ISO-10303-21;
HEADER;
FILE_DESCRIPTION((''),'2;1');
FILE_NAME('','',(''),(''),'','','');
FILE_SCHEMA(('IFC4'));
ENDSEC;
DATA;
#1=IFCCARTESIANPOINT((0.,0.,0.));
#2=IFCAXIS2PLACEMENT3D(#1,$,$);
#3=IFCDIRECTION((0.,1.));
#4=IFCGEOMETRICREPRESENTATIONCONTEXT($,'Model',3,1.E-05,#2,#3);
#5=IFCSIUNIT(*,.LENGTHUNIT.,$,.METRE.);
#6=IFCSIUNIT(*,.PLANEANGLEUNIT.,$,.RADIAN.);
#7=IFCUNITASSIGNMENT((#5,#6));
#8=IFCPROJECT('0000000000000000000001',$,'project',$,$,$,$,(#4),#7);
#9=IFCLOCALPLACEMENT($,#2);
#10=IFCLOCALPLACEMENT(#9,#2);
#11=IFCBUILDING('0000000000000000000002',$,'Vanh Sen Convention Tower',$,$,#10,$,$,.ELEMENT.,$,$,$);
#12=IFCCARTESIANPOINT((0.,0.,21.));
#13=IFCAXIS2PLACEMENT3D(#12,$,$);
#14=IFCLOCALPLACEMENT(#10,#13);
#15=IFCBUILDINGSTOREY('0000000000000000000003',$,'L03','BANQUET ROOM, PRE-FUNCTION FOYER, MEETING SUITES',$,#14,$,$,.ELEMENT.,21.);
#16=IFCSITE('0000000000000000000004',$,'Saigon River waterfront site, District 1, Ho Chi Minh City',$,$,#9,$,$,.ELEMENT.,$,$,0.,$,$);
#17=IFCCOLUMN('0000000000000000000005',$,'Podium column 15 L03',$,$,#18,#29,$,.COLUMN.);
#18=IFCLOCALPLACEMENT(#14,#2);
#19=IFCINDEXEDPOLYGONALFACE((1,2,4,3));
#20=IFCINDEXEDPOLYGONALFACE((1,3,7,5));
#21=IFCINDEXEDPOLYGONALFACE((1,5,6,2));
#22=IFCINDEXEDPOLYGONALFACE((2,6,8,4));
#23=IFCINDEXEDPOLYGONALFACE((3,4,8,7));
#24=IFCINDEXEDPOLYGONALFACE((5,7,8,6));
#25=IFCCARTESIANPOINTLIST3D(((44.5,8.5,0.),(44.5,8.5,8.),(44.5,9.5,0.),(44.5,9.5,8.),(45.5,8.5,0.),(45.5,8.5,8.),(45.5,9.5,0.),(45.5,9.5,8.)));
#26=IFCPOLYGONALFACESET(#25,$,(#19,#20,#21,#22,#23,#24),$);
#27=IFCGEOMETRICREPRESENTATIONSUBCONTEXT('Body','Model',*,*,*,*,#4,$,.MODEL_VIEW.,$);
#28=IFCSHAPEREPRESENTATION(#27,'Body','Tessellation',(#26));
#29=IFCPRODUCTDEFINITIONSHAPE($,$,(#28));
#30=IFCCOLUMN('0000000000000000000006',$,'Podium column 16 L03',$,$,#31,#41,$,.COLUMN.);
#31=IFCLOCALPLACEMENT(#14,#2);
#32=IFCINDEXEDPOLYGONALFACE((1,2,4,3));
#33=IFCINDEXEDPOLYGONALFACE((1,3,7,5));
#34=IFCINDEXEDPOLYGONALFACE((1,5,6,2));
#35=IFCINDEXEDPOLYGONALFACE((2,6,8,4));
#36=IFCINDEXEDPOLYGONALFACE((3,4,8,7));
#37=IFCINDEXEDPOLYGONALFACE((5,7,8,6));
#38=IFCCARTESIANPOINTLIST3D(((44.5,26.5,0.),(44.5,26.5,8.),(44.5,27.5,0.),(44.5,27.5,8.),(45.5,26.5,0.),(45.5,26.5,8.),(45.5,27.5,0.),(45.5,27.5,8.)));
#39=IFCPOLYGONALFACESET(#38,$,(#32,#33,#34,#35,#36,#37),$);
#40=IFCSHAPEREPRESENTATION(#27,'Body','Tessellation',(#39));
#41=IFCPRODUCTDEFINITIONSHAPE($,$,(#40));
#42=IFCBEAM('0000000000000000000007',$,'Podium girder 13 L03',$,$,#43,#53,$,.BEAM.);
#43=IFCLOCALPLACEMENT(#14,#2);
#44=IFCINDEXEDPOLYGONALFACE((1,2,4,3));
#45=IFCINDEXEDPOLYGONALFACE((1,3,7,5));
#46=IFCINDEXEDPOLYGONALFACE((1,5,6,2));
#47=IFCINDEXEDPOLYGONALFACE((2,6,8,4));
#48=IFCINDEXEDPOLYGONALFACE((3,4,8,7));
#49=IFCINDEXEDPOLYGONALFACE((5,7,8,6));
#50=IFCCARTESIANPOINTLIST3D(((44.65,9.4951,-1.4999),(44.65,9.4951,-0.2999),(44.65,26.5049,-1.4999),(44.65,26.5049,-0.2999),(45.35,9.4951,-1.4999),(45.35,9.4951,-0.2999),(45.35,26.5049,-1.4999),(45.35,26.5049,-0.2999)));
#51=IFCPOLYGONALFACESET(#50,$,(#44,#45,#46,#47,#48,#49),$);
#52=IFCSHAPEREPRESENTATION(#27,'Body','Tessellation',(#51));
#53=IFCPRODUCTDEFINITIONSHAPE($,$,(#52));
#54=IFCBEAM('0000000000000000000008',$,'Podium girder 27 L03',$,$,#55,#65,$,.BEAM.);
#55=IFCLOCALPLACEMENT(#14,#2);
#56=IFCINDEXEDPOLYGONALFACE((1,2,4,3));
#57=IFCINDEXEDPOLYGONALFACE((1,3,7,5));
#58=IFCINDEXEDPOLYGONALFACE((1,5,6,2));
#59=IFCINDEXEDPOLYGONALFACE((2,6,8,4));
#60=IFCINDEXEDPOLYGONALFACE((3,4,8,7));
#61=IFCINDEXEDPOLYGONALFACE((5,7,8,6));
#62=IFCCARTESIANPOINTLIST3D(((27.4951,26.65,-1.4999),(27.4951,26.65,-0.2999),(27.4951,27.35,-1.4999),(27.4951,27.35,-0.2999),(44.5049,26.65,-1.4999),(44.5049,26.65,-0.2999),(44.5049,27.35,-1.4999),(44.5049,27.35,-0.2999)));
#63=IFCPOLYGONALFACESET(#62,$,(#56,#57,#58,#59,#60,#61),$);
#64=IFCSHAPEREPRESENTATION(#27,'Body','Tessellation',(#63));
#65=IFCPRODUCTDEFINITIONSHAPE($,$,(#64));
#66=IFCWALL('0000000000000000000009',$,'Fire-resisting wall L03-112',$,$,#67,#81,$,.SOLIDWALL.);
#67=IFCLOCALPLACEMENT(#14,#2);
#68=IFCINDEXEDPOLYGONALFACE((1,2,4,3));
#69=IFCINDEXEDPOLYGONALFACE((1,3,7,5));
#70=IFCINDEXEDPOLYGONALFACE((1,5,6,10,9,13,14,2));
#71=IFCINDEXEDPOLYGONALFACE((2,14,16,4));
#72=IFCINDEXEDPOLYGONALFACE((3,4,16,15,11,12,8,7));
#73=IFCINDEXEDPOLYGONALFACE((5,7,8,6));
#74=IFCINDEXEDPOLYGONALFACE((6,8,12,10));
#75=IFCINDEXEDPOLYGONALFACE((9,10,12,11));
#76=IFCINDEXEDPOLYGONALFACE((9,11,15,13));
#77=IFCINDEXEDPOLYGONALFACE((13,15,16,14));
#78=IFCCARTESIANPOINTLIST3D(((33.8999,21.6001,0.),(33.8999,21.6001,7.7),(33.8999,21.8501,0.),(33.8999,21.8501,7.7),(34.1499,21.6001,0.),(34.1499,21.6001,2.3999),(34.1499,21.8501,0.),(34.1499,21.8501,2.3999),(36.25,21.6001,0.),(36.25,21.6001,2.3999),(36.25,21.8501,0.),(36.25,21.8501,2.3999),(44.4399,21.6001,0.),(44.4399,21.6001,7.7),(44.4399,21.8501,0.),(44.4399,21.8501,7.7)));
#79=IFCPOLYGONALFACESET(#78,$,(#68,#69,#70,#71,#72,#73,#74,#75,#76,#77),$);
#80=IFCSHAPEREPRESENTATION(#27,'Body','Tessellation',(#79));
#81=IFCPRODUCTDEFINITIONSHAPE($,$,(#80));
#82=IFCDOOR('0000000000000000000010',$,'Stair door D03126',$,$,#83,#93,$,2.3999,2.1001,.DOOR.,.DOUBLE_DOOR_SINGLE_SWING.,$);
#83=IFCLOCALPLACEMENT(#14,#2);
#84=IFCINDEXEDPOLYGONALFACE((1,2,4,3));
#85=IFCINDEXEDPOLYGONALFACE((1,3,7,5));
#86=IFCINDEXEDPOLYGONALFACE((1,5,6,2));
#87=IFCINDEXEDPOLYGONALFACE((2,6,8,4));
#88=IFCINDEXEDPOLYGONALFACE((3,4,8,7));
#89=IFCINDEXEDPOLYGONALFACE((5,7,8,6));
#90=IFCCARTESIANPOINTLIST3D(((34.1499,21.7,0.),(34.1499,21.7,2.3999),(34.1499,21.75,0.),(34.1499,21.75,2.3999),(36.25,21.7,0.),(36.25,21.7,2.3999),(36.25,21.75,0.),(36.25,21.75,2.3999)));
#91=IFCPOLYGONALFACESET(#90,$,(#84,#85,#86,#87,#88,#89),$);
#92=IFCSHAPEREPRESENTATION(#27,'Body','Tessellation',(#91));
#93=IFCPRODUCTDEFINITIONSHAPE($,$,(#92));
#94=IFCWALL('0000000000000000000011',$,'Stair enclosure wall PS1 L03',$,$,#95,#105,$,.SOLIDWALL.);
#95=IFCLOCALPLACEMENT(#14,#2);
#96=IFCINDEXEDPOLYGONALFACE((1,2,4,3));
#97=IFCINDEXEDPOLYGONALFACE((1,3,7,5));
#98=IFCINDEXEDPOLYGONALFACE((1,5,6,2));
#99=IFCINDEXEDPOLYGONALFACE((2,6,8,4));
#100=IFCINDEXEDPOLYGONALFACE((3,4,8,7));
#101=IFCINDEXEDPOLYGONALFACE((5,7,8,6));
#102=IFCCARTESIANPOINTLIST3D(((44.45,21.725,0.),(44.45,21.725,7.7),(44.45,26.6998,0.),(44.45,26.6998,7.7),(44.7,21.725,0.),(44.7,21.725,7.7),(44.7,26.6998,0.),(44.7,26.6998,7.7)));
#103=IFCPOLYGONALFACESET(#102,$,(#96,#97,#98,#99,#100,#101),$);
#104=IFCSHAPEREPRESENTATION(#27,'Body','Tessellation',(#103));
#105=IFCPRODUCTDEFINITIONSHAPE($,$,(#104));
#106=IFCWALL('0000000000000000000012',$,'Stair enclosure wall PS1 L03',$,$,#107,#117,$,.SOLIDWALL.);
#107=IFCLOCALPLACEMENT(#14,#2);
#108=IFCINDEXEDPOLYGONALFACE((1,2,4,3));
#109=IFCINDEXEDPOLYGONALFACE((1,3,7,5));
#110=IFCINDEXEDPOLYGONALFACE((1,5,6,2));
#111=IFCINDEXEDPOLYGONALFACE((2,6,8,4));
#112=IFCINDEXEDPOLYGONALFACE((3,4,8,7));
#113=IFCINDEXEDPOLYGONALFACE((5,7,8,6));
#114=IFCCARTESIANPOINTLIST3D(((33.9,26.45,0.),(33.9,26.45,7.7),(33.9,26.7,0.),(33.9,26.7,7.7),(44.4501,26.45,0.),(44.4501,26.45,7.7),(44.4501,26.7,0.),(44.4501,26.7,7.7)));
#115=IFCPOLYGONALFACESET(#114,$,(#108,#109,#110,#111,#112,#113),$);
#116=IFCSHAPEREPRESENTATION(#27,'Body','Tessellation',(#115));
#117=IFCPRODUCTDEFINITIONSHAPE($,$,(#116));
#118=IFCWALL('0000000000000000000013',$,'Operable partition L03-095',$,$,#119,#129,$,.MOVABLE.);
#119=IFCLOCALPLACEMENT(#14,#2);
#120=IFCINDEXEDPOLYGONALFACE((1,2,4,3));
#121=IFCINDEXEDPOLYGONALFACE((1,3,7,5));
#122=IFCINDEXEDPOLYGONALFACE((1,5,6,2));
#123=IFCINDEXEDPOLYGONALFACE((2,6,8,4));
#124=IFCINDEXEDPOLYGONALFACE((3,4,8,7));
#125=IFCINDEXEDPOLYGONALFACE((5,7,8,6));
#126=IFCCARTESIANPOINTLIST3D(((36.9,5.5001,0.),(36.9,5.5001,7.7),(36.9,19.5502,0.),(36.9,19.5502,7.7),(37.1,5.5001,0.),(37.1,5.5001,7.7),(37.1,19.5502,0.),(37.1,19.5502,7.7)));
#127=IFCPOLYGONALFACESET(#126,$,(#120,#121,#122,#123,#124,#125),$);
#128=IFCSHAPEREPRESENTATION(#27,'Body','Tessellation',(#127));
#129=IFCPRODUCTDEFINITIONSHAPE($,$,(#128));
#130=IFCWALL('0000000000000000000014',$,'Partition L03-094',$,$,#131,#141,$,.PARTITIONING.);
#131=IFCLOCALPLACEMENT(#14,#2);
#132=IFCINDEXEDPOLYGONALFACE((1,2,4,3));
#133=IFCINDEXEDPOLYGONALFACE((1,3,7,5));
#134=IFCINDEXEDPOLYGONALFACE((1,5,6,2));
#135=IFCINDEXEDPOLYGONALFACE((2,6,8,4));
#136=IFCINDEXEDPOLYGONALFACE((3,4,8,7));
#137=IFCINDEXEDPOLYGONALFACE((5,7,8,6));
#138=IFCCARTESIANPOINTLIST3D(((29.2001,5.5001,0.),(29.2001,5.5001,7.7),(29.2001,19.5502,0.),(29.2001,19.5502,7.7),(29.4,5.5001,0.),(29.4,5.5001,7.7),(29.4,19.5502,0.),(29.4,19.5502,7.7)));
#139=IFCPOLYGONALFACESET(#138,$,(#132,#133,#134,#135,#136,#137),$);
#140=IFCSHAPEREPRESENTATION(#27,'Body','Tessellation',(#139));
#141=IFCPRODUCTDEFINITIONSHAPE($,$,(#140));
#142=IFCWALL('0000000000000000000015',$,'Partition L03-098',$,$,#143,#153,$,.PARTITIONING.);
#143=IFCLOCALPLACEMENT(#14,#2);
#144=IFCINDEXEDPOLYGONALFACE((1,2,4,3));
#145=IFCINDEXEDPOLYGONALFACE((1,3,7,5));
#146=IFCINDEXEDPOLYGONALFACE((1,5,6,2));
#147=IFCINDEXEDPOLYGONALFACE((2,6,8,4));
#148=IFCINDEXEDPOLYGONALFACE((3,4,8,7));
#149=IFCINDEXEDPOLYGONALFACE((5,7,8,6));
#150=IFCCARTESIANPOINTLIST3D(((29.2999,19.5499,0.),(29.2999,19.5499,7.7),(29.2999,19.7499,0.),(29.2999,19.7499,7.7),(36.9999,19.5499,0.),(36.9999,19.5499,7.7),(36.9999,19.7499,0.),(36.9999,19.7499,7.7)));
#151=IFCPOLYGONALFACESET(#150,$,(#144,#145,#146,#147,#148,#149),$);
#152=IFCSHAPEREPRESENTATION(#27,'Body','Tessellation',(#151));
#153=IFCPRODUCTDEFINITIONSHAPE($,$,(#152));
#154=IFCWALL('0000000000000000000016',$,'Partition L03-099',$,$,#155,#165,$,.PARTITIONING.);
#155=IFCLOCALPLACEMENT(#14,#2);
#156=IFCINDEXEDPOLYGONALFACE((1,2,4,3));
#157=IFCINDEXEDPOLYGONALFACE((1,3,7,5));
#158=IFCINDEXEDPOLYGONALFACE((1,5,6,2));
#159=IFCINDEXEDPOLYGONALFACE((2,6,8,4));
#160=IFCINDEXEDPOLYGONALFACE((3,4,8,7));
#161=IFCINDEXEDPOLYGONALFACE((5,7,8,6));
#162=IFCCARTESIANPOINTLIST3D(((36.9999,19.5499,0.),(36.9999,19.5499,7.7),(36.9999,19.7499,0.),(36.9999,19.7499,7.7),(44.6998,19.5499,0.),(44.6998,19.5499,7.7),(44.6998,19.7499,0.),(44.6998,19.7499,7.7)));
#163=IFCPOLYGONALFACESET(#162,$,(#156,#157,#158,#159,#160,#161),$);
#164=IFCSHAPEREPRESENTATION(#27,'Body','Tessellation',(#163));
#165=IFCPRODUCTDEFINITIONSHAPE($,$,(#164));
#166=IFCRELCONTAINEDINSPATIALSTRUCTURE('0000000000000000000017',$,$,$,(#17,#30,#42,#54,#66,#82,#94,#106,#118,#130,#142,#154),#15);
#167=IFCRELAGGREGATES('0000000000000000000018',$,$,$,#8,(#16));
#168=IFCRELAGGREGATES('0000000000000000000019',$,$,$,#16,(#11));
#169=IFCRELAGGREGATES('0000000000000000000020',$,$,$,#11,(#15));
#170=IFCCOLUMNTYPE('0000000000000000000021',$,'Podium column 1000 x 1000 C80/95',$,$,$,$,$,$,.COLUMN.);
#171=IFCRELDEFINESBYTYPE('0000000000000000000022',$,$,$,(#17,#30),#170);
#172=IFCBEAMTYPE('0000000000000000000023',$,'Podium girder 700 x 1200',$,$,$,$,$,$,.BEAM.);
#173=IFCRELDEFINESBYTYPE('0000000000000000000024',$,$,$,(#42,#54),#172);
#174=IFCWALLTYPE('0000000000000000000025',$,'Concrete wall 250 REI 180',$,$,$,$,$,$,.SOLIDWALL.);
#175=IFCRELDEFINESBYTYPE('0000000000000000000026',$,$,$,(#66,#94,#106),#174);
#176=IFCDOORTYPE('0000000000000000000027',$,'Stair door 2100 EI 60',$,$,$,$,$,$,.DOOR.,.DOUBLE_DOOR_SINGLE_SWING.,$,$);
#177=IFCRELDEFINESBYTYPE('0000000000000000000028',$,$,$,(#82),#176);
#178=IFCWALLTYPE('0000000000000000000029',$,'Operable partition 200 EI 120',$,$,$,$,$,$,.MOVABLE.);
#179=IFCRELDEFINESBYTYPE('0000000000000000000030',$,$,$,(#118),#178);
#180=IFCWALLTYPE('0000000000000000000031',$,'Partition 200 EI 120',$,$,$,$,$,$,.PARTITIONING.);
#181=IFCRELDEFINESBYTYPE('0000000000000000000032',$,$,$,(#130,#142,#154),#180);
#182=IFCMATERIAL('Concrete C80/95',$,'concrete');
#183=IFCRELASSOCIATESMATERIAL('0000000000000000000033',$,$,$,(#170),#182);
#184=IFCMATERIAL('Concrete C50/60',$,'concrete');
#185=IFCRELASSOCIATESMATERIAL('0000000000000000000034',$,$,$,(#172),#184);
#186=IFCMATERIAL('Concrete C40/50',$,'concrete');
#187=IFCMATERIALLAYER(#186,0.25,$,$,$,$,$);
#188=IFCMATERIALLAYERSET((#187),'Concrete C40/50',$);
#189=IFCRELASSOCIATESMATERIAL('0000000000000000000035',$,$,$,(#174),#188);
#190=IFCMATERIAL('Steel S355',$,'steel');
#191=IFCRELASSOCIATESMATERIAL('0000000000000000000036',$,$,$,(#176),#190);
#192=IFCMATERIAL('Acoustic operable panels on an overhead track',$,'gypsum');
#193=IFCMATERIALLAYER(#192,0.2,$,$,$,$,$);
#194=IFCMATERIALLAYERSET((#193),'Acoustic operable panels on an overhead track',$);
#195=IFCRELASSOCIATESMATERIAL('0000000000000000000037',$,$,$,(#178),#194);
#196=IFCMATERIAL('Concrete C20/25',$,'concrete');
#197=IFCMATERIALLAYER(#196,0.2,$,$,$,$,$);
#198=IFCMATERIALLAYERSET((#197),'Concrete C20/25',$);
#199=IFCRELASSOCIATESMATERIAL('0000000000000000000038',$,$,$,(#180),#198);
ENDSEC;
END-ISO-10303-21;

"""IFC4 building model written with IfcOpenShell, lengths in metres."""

from ifc_helpers import new_model, si_unit, direction, frame, frame_2d, origin, origin_2d, place, context, subcontext, project, spatial, rectangle, extrude, material, layer, layer_set, material_profile, profile_set, type_object, element, fill, save


model = new_model("IFC4")

# Units and contexts
model_context = context("Model", 3, precision=1e-05, world=origin(), true_north=direction((0.0, 1.0)))
body_context = subcontext(model_context, "Body", "Model", "MODEL_VIEW")
ifc_project = project(units=[si_unit("LENGTHUNIT", "METRE"), si_unit("PLANEANGLEUNIT", "RADIAN")], contexts=[model_context])

# Site, building, storey
site_placement = place(None, origin())
site = spatial("IfcSite", under=ifc_project, at=site_placement, Name="Saigon River waterfront site, District 1, Ho Chi Minh City", CompositionType="ELEMENT", RefElevation=0.0)
building_placement = place(site_placement, origin())
building = spatial("IfcBuilding", under=site, at=building_placement, Name="Vanh Sen Convention Tower", CompositionType="ELEMENT")
storey_placement = place(building_placement, frame((0.0, 0.0, 21.0)))
storey = spatial("IfcBuildingStorey", under=building, at=storey_placement, Name="L03", Description="BANQUET ROOM, PRE-FUNCTION FOYER, MEETING SUITES", CompositionType="ELEMENT", Elevation=21.0)

# Columns
ifc_material_1 = material(Name="Concrete C80/95", Category="concrete")
ifc_material_profile_1 = material_profile(ifc_material_1, rectangle(XDim=1.0, YDim=1.0, at=origin_2d()), Name="RC 1000X1000")
ifc_profile_set_1 = profile_set([ifc_material_profile_1], Name="Concrete C80/95")
column_type = type_object("IfcColumnType", Name="Podium column 1000 x 1000 C80/95", PredefinedType="COLUMN", material=ifc_profile_set_1)
for number, where, z_axis, x_axis, name in (
    (1, (45.0, 9.0, 0.0), (0.0, 0.0, 1.0), (1.0, 0.0, 0.0), "Podium column 15 L03"),
    (2, (45.0, 27.0, 0.0), (0.0, 0.0, 1.0), (1.0, 0.0, 0.0), "Podium column 16 L03"),
):
    element("IfcColumn", number, at=place(storey_placement, frame(where, z_axis=z_axis, x_axis=x_axis)), inside=storey, type_object=column_type, Name=name, PredefinedType="COLUMN", context=body_context, shape_type="SweptSolid", body=[
        extrude(rectangle(XDim=1.0, YDim=1.0, at=origin_2d()), origin(), (0.0, 0.0, 1.0), 8.0),
    ])

# Beams
ifc_material_2 = material(Name="Concrete C50/60", Category="concrete")
ifc_material_profile_2 = material_profile(ifc_material_2, rectangle(XDim=0.7, YDim=1.2, at=origin_2d()), Name="RC 700X1200")
ifc_profile_set_2 = profile_set([ifc_material_profile_2], Name="Concrete C50/60")
beam_type = type_object("IfcBeamType", Name="Podium girder 700 x 1200", PredefinedType="BEAM", material=ifc_profile_set_2)
for number, where, z_axis, x_axis, name in (
    (3, (45.0, 9.4951, -0.8999), (0.0, 1.0, 0.0), (-1.0, 0.0, 0.0), "Podium girder 13 L03"),
    (4, (27.4951, 27.0, -0.8999), (1.0, 0.0, 0.0), (0.0, 1.0, 0.0), "Podium girder 27 L03"),
):
    element("IfcBeam", number, at=place(storey_placement, frame(where, z_axis=z_axis, x_axis=x_axis)), inside=storey, type_object=beam_type, Name=name, PredefinedType="BEAM", context=body_context, shape_type="SweptSolid", body=[
        extrude(rectangle(XDim=0.7, YDim=1.2, at=origin_2d()), origin(), (0.0, 0.0, 1.0), 17.0098),
    ])

# Wall, opening, door
ifc_material_3 = material(Name="Concrete C40/50", Category="concrete")
ifc_layer_1 = layer(ifc_material_3, 0.25)
ifc_layer_set_1 = layer_set([ifc_layer_1], Name="Concrete C40/50")
wall_type_1 = type_object("IfcWallType", Name="Concrete wall 250 REI 180", PredefinedType="SOLIDWALL", material=ifc_layer_set_1)
wall_1_placement = place(storey_placement, frame((44.4399, 21.7251, 0.0), z_axis=(0.0, 0.0, 1.0), x_axis=(-1.0, 0.0, 0.0)))
wall_1 = element("IfcWall", 5, at=wall_1_placement, inside=storey, type_object=wall_type_1, Name="Fire-resisting wall L03-112", PredefinedType="SOLIDWALL", context=body_context, shape_type="SweptSolid", body=[
    extrude(rectangle(XDim=10.54, YDim=0.25, at=frame_2d((5.27, 0.0))), origin(), (0.0, 0.0, 1.0), 7.7),
])
opening_1_placement = place(wall_1_placement, frame((8.1899, 0.0, 0.0)))
opening_1 = element("IfcOpeningElement", 6, at=opening_1_placement, cuts=wall_1, PredefinedType="OPENING", context=body_context, shape_type="SweptSolid", body=[
    extrude(rectangle(XDim=2.1001, YDim=2.3999, at=frame_2d((1.05, 1.2))), frame((0.0, 0.135, 0.0), z_axis=(0.0, -1.0, 0.0), x_axis=(1.0, 0.0, 0.0)), (0.0, 0.0, 1.0), 0.27),
])
ifc_material_4 = material(Name="Steel S355", Category="steel")
door_type = type_object("IfcDoorType", Name="Stair door 2100 EI 60", OperationType="DOUBLE_DOOR_SINGLE_SWING", PredefinedType="DOOR", material=ifc_material_4)
door_placement = place(opening_1_placement, frame((2.1001, 0.0, 0.0), z_axis=(0.0, 0.0, 1.0), x_axis=(-1.0, 0.0, 0.0)))
door = element("IfcDoor", 7, at=door_placement, inside=storey, type_object=door_type, Name="Stair door D03126", OperationType="DOUBLE_DOOR_SINGLE_SWING", OverallHeight=2.3999, OverallWidth=2.1001, PredefinedType="DOOR", context=body_context, shape_type="SweptSolid", body=[
    extrude(rectangle(XDim=2.1001, YDim=2.3999, at=frame_2d((1.05, 1.2))), frame((0.0, 0.0249, 0.0), z_axis=(0.0, -1.0, 0.0), x_axis=(1.0, 0.0, 0.0)), (0.0, 0.0, 1.0), 0.05),
])
fill(opening_1, door)

# Walls
wall_2_placement = place(storey_placement, frame((44.575, 21.7251, 0.0), z_axis=(0.0, 0.0, 1.0), x_axis=(0.0, 1.0, 0.0)))
element("IfcWall", 8, at=wall_2_placement, inside=storey, type_object=wall_type_1, Name="Stair enclosure wall PS1 L03", PredefinedType="SOLIDWALL", context=body_context, shape_type="SweptSolid", body=[
    extrude(rectangle(XDim=4.9749, YDim=0.25, at=frame_2d((2.4873, 0.0))), origin(), (0.0, 0.0, 1.0), 7.7),
])
wall_3_placement = place(storey_placement, frame((44.45, 26.575, 0.0), z_axis=(0.0, 0.0, 1.0), x_axis=(-1.0, 0.0, 0.0)))
element("IfcWall", 9, at=wall_3_placement, inside=storey, type_object=wall_type_1, Name="Stair enclosure wall PS1 L03", PredefinedType="SOLIDWALL", context=body_context, shape_type="SweptSolid", body=[
    extrude(rectangle(XDim=10.55, YDim=0.25, at=frame_2d((5.2749, 0.0))), origin(), (0.0, 0.0, 1.0), 7.7),
])
ifc_material_5 = material(Name="Acoustic operable panels on an overhead track", Category="gypsum")
ifc_layer_2 = layer(ifc_material_5, 0.2)
ifc_layer_set_2 = layer_set([ifc_layer_2], Name="Acoustic operable panels on an overhead track")
wall_type_2 = type_object("IfcWallType", Name="Operable partition 200 EI 120", PredefinedType="MOVABLE", material=ifc_layer_set_2)
wall_4_placement = place(storey_placement, frame((37.0, 19.55, 0.0), z_axis=(0.0, 0.0, 1.0), x_axis=(0.0, -1.0, 0.0)))
element("IfcWall", 10, at=wall_4_placement, inside=storey, type_object=wall_type_2, Name="Operable partition L03-095", PredefinedType="MOVABLE", context=body_context, shape_type="SweptSolid", body=[
    extrude(rectangle(XDim=14.05, YDim=0.2, at=frame_2d((7.0249, 0.0))), origin(), (0.0, 0.0, 1.0), 7.7),
])
ifc_material_6 = material(Name="Concrete C20/25", Category="concrete")
ifc_layer_3 = layer(ifc_material_6, 0.2)
ifc_layer_set_3 = layer_set([ifc_layer_3], Name="Concrete C20/25")
wall_type_3 = type_object("IfcWallType", Name="Partition 200 EI 120", PredefinedType="PARTITIONING", material=ifc_layer_set_3)
wall_5_placement = place(storey_placement, frame((29.3, 19.55, 0.0), z_axis=(0.0, 0.0, 1.0), x_axis=(0.0, -1.0, 0.0)))
element("IfcWall", 11, at=wall_5_placement, inside=storey, type_object=wall_type_3, Name="Partition L03-094", PredefinedType="PARTITIONING", context=body_context, shape_type="SweptSolid", body=[
    extrude(rectangle(XDim=14.05, YDim=0.2, at=frame_2d((7.0249, 0.0))), origin(), (0.0, 0.0, 1.0), 7.7),
])
for number, where, z_axis, x_axis, name in (
    (12, (37.0, 19.6499, 0.0), (0.0, 0.0, 1.0), (-1.0, 0.0, 0.0), "Partition L03-098"),
    (13, (44.7, 19.6499, 0.0), (0.0, 0.0, 1.0), (-1.0, 0.0, 0.0), "Partition L03-099"),
):
    element("IfcWall", number, at=place(storey_placement, frame(where, z_axis=z_axis, x_axis=x_axis)), inside=storey, type_object=wall_type_3, Name=name, PredefinedType="PARTITIONING", context=body_context, shape_type="SweptSolid", body=[
        extrude(rectangle(XDim=7.7, YDim=0.2, at=frame_2d((3.8501, 0.0))), origin(), (0.0, 0.0, 1.0), 7.7),
    ])

save(model, "model.ifc")
